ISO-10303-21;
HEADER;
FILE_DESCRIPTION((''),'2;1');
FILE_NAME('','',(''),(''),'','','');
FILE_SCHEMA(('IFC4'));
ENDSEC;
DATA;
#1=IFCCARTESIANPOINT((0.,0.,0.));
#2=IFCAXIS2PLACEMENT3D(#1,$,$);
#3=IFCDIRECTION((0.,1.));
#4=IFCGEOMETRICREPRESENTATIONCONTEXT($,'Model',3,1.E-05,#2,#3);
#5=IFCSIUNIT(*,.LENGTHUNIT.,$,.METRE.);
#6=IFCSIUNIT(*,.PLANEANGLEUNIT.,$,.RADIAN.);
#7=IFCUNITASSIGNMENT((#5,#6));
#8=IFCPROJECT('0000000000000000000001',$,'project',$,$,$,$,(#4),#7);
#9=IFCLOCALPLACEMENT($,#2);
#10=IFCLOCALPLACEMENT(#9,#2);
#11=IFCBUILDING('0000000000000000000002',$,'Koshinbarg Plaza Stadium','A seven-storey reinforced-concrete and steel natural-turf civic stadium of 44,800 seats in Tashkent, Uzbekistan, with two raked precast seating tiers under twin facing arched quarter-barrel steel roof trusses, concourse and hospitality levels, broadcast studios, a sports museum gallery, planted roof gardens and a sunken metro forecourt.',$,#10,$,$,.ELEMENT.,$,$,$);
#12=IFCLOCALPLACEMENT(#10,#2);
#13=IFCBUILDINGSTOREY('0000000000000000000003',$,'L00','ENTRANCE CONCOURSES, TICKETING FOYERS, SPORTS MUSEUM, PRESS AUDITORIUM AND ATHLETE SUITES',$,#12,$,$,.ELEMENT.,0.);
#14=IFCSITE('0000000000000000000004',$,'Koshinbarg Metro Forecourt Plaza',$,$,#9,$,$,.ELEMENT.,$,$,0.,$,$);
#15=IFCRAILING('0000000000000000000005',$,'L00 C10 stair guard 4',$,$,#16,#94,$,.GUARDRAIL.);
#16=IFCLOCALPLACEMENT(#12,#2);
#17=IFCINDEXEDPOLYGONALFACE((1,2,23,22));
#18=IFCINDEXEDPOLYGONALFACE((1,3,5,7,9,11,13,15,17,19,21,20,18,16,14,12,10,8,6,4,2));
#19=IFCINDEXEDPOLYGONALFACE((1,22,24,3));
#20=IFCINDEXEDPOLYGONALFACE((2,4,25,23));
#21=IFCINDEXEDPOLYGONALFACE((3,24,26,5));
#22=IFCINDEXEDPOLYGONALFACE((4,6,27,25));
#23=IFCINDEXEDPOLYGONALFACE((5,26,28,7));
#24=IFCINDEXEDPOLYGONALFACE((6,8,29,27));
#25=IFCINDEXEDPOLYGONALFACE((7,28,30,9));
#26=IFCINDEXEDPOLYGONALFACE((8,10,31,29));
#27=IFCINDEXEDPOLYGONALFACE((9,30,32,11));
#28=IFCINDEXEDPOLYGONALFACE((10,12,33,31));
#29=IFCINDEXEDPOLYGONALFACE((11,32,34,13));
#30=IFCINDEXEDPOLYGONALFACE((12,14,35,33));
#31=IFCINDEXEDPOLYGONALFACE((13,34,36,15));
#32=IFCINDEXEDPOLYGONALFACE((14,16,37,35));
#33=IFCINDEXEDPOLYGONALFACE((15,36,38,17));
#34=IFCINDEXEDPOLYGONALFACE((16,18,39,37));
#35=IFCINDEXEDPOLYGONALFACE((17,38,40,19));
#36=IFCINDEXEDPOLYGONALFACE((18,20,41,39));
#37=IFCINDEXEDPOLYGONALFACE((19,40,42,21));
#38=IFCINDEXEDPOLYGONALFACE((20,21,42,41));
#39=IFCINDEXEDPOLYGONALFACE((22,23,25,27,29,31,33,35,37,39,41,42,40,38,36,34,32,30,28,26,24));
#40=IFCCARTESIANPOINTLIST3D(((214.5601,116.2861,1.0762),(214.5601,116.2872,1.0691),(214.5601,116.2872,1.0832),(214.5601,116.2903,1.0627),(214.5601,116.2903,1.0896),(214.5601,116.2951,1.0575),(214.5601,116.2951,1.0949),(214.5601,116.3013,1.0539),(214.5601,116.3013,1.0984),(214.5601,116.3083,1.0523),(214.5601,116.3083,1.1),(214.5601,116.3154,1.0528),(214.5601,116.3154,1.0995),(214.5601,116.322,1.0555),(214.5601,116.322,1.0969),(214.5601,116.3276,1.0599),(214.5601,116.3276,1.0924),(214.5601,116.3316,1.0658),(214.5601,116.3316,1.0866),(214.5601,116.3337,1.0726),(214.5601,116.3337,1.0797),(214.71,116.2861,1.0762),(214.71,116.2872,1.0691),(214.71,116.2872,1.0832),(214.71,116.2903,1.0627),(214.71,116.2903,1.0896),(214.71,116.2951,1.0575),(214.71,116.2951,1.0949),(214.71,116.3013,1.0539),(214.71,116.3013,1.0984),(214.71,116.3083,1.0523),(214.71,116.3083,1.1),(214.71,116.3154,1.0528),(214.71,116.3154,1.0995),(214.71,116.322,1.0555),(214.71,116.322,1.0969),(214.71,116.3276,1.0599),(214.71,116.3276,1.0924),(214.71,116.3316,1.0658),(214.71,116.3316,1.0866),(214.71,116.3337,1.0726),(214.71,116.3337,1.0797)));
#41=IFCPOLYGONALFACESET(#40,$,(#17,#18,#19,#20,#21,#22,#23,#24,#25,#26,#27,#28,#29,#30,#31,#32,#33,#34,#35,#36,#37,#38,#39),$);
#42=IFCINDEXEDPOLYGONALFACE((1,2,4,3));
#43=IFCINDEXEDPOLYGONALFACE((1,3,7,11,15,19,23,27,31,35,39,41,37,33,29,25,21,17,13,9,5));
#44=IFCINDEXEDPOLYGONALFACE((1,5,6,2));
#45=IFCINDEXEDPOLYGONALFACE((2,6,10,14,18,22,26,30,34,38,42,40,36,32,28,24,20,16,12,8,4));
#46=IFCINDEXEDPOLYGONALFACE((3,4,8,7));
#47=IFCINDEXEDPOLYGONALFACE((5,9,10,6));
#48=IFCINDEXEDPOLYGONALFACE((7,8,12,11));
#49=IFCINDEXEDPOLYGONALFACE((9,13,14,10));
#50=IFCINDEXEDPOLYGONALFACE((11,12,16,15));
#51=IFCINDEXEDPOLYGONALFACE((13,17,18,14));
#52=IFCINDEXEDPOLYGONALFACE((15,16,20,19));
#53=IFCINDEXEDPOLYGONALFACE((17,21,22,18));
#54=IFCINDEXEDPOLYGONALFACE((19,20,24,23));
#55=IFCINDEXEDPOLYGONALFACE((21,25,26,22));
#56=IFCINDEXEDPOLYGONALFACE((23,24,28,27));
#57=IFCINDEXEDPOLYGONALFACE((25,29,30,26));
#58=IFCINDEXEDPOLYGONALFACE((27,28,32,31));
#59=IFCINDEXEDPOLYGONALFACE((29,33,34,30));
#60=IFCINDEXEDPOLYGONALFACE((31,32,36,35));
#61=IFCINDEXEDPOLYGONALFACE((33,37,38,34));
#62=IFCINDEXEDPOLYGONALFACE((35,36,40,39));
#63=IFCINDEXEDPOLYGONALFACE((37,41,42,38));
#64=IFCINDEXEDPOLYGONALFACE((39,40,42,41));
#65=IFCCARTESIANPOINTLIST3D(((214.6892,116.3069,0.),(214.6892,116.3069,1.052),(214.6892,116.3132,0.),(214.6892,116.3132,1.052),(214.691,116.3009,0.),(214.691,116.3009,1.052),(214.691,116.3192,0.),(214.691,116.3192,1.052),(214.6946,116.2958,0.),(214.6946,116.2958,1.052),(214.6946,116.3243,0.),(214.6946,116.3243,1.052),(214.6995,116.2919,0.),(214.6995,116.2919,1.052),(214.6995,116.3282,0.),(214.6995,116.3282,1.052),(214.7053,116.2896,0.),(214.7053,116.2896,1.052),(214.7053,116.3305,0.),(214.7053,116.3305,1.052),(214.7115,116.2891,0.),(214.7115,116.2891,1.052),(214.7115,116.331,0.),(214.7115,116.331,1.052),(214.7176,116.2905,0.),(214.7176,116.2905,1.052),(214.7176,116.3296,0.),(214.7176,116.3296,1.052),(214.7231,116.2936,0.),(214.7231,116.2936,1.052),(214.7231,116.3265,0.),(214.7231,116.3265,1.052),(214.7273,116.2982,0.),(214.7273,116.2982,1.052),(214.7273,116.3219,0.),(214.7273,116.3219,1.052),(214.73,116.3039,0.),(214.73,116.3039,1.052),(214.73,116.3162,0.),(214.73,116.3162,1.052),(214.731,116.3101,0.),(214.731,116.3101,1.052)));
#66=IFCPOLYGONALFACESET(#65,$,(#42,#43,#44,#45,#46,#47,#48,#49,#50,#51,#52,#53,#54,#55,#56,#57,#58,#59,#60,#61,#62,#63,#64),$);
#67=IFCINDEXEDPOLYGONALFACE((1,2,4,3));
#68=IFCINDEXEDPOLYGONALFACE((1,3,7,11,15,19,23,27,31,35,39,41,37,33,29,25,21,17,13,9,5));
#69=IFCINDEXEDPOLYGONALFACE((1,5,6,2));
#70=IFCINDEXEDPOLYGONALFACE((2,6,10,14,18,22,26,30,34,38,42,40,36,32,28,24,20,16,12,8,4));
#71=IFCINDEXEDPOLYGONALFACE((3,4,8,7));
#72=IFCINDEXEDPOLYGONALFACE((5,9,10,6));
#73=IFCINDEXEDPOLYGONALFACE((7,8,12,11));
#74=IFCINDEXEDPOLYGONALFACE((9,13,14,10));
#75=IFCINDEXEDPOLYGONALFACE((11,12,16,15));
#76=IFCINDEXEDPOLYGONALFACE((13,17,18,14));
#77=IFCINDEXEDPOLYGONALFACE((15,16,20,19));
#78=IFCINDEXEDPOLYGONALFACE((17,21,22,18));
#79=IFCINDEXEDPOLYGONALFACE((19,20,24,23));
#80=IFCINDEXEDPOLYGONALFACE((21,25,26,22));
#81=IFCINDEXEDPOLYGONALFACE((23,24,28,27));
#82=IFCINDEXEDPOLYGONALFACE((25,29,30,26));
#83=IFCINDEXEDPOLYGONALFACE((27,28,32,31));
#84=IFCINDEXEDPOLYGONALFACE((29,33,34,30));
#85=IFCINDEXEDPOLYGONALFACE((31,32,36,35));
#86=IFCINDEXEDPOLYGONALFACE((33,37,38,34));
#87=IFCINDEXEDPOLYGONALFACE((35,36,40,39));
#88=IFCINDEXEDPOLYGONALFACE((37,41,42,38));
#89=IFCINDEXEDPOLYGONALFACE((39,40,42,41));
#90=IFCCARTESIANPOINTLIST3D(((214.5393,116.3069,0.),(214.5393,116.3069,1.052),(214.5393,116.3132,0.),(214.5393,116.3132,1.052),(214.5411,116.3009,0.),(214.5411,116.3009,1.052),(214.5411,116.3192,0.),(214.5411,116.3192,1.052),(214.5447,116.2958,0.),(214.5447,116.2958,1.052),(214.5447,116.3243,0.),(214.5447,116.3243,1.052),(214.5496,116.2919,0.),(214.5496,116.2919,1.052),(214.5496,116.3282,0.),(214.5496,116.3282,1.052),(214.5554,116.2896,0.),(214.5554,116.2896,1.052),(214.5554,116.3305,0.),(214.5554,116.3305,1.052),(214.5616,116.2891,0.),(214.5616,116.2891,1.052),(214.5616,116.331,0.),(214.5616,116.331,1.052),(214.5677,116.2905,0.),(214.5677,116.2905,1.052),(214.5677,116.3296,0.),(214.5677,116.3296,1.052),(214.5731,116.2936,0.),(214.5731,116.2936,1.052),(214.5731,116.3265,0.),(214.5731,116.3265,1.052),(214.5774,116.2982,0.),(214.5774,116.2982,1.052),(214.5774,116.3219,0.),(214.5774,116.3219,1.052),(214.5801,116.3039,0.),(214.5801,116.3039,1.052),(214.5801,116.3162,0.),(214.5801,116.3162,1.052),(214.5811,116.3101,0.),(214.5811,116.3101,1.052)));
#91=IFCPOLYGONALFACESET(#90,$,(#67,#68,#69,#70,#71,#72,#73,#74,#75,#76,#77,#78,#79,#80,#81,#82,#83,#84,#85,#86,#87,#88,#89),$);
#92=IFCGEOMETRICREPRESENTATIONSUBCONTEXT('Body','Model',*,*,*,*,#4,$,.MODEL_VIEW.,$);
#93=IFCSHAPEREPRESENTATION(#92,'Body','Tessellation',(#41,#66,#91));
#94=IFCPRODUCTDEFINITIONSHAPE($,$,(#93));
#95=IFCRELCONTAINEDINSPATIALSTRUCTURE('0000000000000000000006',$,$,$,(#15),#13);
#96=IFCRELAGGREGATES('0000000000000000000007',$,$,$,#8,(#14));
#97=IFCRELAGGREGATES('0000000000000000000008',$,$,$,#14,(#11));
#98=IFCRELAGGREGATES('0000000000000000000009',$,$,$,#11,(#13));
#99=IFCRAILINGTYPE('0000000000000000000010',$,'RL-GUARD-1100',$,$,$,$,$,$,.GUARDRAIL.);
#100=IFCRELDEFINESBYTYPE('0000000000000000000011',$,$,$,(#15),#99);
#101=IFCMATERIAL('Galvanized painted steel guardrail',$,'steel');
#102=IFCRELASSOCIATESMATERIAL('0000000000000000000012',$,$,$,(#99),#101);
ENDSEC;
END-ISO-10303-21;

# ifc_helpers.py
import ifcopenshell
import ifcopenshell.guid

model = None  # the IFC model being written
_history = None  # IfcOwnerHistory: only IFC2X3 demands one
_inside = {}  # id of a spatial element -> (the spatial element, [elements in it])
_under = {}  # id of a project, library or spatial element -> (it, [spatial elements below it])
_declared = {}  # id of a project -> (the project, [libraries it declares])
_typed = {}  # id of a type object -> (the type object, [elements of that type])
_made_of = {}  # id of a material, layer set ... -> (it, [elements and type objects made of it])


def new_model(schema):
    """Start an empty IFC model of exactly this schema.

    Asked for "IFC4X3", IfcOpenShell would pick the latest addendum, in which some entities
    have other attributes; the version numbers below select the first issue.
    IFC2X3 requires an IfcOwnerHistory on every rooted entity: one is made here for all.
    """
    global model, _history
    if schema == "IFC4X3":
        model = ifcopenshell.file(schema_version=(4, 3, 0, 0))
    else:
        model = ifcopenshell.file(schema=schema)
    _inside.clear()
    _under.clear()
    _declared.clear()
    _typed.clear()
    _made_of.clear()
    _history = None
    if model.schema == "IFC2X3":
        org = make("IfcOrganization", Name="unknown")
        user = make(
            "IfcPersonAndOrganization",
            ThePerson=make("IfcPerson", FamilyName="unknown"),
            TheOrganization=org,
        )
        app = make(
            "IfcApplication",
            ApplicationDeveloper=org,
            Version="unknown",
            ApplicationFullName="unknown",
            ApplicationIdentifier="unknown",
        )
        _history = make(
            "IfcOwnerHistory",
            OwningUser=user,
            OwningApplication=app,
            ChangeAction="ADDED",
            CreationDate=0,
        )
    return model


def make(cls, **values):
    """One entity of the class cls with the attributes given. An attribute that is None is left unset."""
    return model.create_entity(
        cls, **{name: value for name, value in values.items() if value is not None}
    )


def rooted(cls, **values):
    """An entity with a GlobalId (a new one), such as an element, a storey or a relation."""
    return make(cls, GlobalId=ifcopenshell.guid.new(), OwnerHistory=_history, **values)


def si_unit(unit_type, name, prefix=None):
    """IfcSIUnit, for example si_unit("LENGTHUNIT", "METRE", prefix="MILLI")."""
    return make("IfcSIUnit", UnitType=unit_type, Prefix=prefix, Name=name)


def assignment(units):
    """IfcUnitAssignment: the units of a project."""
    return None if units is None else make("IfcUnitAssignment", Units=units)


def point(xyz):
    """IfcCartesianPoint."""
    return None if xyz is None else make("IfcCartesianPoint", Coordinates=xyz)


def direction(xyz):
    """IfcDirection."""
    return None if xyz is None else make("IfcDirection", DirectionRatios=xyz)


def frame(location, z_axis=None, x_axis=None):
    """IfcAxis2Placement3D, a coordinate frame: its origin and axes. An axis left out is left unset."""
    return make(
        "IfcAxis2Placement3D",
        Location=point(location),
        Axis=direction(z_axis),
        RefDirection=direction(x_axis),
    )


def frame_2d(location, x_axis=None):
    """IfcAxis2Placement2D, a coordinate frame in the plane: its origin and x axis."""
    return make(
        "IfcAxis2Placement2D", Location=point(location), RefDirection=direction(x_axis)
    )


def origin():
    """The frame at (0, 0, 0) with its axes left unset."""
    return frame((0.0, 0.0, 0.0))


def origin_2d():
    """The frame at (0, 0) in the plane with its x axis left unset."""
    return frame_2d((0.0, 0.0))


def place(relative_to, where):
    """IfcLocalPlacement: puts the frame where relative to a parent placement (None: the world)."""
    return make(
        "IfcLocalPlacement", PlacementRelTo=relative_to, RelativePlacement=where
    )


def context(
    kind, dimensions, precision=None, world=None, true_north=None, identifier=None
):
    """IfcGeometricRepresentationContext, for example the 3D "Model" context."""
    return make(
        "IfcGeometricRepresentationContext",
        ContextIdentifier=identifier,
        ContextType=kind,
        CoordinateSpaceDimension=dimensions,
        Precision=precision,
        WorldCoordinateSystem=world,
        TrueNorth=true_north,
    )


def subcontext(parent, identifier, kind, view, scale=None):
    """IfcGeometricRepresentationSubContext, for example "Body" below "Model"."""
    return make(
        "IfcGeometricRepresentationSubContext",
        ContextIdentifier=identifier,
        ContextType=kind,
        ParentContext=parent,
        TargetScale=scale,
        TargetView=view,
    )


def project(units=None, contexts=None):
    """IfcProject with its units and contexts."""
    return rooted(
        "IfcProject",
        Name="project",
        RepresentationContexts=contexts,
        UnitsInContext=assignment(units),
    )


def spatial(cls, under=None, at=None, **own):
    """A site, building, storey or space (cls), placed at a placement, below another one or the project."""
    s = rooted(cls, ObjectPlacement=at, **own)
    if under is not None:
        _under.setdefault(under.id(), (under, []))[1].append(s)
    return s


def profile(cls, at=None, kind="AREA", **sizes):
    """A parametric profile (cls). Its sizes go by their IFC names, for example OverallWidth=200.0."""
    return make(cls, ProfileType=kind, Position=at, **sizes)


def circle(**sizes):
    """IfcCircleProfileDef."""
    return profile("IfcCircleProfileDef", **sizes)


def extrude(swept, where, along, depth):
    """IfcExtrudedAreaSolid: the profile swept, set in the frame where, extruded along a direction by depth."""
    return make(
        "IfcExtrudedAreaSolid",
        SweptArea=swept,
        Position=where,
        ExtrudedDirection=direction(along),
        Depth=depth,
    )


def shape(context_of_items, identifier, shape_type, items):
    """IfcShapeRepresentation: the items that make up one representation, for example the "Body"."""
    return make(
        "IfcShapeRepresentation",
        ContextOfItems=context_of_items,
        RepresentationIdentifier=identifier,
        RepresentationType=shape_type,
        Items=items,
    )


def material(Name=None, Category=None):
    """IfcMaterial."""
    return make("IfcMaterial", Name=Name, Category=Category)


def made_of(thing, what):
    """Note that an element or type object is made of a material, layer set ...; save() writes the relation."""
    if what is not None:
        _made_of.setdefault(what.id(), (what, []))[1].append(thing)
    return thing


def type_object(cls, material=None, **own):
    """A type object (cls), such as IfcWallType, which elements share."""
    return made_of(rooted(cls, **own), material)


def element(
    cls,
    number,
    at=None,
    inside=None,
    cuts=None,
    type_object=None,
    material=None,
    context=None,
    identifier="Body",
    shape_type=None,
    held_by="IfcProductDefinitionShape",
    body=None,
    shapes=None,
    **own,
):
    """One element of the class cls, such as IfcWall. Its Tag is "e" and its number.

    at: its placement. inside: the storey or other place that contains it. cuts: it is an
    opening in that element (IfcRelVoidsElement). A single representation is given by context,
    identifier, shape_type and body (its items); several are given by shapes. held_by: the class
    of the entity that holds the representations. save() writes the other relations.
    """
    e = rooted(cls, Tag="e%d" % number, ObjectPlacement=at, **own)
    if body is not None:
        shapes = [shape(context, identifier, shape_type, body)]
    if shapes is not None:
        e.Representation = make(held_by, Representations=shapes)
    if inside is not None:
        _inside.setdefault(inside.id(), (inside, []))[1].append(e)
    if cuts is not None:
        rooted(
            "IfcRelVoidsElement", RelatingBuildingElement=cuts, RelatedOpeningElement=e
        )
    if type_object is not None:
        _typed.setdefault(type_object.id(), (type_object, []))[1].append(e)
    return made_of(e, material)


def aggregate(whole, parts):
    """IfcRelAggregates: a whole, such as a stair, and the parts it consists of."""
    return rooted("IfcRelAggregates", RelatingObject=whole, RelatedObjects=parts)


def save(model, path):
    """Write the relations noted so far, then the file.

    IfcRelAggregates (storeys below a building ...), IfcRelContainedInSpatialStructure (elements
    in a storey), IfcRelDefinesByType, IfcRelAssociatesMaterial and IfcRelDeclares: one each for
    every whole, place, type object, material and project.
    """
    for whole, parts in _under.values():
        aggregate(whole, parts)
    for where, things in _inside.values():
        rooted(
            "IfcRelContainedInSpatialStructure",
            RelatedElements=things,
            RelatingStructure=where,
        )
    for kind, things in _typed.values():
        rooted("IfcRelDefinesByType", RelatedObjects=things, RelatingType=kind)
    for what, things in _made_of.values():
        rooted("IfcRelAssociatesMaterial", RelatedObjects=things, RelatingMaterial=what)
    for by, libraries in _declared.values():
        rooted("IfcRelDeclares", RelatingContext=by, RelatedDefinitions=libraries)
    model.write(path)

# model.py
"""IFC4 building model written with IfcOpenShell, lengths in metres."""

from ifc_helpers import new_model, si_unit, direction, frame, origin, origin_2d, place, context, subcontext, project, spatial, circle, extrude, material, type_object, element, save


model = new_model("IFC4")

# Units and contexts
model_context = context("Model", 3, precision=1e-05, world=origin(), true_north=direction((0.0, 1.0)))
body_context = subcontext(model_context, "Body", "Model", "MODEL_VIEW")
ifc_project = project(units=[si_unit("LENGTHUNIT", "METRE"), si_unit("PLANEANGLEUNIT", "RADIAN")], contexts=[model_context])

# Site, building, storey
site_placement = place(None, origin())
site = spatial("IfcSite", under=ifc_project, at=site_placement, Name="Koshinbarg Metro Forecourt Plaza", CompositionType="ELEMENT", RefElevation=0.0)
building_placement = place(site_placement, origin())
building = spatial("IfcBuilding", under=site, at=building_placement, Name="Koshinbarg Plaza Stadium", Description="A seven-storey reinforced-concrete and steel natural-turf civic stadium of 44,800 seats in Tashkent, Uzbekistan, with two raked precast seating tiers under twin facing arched quarter-barrel steel roof trusses, concourse and hospitality levels, broadcast studios, a sports museum gallery, planted roof gardens and a sunken metro forecourt.", CompositionType="ELEMENT")
storey_placement = place(building_placement, origin())
storey = spatial("IfcBuildingStorey", under=building, at=storey_placement, Name="L00", Description="ENTRANCE CONCOURSES, TICKETING FOYERS, SPORTS MUSEUM, PRESS AUDITORIUM AND ATHLETE SUITES", CompositionType="ELEMENT", Elevation=0.0)

# Railing
ifc_material_1 = material(Name="Galvanized painted steel guardrail", Category="steel")
railing_type_1 = type_object("IfcRailingType", Name="RL-GUARD-1100", PredefinedType="GUARDRAIL", material=ifc_material_1)
railing_1_placement = place(storey_placement, frame((214.71, 116.3101, 0.0)))
element("IfcRailing", 1, at=railing_1_placement, inside=storey, type_object=railing_type_1, Name="L00 C10 stair guard 4", PredefinedType="GUARDRAIL", context=body_context, shape_type="SweptSolid", body=[
    extrude(circle(Radius=0.0239, at=origin_2d()), frame((0.0, 0.0, 1.0762), z_axis=(-1.0, 0.0, 0.0), x_axis=(0.0, -1.0, 0.0)), (0.0, 0.0, 1.0), 0.1499),
    extrude(circle(Radius=0.021, at=origin_2d()), origin(), (0.0, 0.0, 1.0), 1.052),
    extrude(circle(Radius=0.021, at=origin_2d()), frame((-0.1499, 0.0, 0.0)), (0.0, 0.0, 1.0), 1.052),
])

save(model, "model.ifc")
